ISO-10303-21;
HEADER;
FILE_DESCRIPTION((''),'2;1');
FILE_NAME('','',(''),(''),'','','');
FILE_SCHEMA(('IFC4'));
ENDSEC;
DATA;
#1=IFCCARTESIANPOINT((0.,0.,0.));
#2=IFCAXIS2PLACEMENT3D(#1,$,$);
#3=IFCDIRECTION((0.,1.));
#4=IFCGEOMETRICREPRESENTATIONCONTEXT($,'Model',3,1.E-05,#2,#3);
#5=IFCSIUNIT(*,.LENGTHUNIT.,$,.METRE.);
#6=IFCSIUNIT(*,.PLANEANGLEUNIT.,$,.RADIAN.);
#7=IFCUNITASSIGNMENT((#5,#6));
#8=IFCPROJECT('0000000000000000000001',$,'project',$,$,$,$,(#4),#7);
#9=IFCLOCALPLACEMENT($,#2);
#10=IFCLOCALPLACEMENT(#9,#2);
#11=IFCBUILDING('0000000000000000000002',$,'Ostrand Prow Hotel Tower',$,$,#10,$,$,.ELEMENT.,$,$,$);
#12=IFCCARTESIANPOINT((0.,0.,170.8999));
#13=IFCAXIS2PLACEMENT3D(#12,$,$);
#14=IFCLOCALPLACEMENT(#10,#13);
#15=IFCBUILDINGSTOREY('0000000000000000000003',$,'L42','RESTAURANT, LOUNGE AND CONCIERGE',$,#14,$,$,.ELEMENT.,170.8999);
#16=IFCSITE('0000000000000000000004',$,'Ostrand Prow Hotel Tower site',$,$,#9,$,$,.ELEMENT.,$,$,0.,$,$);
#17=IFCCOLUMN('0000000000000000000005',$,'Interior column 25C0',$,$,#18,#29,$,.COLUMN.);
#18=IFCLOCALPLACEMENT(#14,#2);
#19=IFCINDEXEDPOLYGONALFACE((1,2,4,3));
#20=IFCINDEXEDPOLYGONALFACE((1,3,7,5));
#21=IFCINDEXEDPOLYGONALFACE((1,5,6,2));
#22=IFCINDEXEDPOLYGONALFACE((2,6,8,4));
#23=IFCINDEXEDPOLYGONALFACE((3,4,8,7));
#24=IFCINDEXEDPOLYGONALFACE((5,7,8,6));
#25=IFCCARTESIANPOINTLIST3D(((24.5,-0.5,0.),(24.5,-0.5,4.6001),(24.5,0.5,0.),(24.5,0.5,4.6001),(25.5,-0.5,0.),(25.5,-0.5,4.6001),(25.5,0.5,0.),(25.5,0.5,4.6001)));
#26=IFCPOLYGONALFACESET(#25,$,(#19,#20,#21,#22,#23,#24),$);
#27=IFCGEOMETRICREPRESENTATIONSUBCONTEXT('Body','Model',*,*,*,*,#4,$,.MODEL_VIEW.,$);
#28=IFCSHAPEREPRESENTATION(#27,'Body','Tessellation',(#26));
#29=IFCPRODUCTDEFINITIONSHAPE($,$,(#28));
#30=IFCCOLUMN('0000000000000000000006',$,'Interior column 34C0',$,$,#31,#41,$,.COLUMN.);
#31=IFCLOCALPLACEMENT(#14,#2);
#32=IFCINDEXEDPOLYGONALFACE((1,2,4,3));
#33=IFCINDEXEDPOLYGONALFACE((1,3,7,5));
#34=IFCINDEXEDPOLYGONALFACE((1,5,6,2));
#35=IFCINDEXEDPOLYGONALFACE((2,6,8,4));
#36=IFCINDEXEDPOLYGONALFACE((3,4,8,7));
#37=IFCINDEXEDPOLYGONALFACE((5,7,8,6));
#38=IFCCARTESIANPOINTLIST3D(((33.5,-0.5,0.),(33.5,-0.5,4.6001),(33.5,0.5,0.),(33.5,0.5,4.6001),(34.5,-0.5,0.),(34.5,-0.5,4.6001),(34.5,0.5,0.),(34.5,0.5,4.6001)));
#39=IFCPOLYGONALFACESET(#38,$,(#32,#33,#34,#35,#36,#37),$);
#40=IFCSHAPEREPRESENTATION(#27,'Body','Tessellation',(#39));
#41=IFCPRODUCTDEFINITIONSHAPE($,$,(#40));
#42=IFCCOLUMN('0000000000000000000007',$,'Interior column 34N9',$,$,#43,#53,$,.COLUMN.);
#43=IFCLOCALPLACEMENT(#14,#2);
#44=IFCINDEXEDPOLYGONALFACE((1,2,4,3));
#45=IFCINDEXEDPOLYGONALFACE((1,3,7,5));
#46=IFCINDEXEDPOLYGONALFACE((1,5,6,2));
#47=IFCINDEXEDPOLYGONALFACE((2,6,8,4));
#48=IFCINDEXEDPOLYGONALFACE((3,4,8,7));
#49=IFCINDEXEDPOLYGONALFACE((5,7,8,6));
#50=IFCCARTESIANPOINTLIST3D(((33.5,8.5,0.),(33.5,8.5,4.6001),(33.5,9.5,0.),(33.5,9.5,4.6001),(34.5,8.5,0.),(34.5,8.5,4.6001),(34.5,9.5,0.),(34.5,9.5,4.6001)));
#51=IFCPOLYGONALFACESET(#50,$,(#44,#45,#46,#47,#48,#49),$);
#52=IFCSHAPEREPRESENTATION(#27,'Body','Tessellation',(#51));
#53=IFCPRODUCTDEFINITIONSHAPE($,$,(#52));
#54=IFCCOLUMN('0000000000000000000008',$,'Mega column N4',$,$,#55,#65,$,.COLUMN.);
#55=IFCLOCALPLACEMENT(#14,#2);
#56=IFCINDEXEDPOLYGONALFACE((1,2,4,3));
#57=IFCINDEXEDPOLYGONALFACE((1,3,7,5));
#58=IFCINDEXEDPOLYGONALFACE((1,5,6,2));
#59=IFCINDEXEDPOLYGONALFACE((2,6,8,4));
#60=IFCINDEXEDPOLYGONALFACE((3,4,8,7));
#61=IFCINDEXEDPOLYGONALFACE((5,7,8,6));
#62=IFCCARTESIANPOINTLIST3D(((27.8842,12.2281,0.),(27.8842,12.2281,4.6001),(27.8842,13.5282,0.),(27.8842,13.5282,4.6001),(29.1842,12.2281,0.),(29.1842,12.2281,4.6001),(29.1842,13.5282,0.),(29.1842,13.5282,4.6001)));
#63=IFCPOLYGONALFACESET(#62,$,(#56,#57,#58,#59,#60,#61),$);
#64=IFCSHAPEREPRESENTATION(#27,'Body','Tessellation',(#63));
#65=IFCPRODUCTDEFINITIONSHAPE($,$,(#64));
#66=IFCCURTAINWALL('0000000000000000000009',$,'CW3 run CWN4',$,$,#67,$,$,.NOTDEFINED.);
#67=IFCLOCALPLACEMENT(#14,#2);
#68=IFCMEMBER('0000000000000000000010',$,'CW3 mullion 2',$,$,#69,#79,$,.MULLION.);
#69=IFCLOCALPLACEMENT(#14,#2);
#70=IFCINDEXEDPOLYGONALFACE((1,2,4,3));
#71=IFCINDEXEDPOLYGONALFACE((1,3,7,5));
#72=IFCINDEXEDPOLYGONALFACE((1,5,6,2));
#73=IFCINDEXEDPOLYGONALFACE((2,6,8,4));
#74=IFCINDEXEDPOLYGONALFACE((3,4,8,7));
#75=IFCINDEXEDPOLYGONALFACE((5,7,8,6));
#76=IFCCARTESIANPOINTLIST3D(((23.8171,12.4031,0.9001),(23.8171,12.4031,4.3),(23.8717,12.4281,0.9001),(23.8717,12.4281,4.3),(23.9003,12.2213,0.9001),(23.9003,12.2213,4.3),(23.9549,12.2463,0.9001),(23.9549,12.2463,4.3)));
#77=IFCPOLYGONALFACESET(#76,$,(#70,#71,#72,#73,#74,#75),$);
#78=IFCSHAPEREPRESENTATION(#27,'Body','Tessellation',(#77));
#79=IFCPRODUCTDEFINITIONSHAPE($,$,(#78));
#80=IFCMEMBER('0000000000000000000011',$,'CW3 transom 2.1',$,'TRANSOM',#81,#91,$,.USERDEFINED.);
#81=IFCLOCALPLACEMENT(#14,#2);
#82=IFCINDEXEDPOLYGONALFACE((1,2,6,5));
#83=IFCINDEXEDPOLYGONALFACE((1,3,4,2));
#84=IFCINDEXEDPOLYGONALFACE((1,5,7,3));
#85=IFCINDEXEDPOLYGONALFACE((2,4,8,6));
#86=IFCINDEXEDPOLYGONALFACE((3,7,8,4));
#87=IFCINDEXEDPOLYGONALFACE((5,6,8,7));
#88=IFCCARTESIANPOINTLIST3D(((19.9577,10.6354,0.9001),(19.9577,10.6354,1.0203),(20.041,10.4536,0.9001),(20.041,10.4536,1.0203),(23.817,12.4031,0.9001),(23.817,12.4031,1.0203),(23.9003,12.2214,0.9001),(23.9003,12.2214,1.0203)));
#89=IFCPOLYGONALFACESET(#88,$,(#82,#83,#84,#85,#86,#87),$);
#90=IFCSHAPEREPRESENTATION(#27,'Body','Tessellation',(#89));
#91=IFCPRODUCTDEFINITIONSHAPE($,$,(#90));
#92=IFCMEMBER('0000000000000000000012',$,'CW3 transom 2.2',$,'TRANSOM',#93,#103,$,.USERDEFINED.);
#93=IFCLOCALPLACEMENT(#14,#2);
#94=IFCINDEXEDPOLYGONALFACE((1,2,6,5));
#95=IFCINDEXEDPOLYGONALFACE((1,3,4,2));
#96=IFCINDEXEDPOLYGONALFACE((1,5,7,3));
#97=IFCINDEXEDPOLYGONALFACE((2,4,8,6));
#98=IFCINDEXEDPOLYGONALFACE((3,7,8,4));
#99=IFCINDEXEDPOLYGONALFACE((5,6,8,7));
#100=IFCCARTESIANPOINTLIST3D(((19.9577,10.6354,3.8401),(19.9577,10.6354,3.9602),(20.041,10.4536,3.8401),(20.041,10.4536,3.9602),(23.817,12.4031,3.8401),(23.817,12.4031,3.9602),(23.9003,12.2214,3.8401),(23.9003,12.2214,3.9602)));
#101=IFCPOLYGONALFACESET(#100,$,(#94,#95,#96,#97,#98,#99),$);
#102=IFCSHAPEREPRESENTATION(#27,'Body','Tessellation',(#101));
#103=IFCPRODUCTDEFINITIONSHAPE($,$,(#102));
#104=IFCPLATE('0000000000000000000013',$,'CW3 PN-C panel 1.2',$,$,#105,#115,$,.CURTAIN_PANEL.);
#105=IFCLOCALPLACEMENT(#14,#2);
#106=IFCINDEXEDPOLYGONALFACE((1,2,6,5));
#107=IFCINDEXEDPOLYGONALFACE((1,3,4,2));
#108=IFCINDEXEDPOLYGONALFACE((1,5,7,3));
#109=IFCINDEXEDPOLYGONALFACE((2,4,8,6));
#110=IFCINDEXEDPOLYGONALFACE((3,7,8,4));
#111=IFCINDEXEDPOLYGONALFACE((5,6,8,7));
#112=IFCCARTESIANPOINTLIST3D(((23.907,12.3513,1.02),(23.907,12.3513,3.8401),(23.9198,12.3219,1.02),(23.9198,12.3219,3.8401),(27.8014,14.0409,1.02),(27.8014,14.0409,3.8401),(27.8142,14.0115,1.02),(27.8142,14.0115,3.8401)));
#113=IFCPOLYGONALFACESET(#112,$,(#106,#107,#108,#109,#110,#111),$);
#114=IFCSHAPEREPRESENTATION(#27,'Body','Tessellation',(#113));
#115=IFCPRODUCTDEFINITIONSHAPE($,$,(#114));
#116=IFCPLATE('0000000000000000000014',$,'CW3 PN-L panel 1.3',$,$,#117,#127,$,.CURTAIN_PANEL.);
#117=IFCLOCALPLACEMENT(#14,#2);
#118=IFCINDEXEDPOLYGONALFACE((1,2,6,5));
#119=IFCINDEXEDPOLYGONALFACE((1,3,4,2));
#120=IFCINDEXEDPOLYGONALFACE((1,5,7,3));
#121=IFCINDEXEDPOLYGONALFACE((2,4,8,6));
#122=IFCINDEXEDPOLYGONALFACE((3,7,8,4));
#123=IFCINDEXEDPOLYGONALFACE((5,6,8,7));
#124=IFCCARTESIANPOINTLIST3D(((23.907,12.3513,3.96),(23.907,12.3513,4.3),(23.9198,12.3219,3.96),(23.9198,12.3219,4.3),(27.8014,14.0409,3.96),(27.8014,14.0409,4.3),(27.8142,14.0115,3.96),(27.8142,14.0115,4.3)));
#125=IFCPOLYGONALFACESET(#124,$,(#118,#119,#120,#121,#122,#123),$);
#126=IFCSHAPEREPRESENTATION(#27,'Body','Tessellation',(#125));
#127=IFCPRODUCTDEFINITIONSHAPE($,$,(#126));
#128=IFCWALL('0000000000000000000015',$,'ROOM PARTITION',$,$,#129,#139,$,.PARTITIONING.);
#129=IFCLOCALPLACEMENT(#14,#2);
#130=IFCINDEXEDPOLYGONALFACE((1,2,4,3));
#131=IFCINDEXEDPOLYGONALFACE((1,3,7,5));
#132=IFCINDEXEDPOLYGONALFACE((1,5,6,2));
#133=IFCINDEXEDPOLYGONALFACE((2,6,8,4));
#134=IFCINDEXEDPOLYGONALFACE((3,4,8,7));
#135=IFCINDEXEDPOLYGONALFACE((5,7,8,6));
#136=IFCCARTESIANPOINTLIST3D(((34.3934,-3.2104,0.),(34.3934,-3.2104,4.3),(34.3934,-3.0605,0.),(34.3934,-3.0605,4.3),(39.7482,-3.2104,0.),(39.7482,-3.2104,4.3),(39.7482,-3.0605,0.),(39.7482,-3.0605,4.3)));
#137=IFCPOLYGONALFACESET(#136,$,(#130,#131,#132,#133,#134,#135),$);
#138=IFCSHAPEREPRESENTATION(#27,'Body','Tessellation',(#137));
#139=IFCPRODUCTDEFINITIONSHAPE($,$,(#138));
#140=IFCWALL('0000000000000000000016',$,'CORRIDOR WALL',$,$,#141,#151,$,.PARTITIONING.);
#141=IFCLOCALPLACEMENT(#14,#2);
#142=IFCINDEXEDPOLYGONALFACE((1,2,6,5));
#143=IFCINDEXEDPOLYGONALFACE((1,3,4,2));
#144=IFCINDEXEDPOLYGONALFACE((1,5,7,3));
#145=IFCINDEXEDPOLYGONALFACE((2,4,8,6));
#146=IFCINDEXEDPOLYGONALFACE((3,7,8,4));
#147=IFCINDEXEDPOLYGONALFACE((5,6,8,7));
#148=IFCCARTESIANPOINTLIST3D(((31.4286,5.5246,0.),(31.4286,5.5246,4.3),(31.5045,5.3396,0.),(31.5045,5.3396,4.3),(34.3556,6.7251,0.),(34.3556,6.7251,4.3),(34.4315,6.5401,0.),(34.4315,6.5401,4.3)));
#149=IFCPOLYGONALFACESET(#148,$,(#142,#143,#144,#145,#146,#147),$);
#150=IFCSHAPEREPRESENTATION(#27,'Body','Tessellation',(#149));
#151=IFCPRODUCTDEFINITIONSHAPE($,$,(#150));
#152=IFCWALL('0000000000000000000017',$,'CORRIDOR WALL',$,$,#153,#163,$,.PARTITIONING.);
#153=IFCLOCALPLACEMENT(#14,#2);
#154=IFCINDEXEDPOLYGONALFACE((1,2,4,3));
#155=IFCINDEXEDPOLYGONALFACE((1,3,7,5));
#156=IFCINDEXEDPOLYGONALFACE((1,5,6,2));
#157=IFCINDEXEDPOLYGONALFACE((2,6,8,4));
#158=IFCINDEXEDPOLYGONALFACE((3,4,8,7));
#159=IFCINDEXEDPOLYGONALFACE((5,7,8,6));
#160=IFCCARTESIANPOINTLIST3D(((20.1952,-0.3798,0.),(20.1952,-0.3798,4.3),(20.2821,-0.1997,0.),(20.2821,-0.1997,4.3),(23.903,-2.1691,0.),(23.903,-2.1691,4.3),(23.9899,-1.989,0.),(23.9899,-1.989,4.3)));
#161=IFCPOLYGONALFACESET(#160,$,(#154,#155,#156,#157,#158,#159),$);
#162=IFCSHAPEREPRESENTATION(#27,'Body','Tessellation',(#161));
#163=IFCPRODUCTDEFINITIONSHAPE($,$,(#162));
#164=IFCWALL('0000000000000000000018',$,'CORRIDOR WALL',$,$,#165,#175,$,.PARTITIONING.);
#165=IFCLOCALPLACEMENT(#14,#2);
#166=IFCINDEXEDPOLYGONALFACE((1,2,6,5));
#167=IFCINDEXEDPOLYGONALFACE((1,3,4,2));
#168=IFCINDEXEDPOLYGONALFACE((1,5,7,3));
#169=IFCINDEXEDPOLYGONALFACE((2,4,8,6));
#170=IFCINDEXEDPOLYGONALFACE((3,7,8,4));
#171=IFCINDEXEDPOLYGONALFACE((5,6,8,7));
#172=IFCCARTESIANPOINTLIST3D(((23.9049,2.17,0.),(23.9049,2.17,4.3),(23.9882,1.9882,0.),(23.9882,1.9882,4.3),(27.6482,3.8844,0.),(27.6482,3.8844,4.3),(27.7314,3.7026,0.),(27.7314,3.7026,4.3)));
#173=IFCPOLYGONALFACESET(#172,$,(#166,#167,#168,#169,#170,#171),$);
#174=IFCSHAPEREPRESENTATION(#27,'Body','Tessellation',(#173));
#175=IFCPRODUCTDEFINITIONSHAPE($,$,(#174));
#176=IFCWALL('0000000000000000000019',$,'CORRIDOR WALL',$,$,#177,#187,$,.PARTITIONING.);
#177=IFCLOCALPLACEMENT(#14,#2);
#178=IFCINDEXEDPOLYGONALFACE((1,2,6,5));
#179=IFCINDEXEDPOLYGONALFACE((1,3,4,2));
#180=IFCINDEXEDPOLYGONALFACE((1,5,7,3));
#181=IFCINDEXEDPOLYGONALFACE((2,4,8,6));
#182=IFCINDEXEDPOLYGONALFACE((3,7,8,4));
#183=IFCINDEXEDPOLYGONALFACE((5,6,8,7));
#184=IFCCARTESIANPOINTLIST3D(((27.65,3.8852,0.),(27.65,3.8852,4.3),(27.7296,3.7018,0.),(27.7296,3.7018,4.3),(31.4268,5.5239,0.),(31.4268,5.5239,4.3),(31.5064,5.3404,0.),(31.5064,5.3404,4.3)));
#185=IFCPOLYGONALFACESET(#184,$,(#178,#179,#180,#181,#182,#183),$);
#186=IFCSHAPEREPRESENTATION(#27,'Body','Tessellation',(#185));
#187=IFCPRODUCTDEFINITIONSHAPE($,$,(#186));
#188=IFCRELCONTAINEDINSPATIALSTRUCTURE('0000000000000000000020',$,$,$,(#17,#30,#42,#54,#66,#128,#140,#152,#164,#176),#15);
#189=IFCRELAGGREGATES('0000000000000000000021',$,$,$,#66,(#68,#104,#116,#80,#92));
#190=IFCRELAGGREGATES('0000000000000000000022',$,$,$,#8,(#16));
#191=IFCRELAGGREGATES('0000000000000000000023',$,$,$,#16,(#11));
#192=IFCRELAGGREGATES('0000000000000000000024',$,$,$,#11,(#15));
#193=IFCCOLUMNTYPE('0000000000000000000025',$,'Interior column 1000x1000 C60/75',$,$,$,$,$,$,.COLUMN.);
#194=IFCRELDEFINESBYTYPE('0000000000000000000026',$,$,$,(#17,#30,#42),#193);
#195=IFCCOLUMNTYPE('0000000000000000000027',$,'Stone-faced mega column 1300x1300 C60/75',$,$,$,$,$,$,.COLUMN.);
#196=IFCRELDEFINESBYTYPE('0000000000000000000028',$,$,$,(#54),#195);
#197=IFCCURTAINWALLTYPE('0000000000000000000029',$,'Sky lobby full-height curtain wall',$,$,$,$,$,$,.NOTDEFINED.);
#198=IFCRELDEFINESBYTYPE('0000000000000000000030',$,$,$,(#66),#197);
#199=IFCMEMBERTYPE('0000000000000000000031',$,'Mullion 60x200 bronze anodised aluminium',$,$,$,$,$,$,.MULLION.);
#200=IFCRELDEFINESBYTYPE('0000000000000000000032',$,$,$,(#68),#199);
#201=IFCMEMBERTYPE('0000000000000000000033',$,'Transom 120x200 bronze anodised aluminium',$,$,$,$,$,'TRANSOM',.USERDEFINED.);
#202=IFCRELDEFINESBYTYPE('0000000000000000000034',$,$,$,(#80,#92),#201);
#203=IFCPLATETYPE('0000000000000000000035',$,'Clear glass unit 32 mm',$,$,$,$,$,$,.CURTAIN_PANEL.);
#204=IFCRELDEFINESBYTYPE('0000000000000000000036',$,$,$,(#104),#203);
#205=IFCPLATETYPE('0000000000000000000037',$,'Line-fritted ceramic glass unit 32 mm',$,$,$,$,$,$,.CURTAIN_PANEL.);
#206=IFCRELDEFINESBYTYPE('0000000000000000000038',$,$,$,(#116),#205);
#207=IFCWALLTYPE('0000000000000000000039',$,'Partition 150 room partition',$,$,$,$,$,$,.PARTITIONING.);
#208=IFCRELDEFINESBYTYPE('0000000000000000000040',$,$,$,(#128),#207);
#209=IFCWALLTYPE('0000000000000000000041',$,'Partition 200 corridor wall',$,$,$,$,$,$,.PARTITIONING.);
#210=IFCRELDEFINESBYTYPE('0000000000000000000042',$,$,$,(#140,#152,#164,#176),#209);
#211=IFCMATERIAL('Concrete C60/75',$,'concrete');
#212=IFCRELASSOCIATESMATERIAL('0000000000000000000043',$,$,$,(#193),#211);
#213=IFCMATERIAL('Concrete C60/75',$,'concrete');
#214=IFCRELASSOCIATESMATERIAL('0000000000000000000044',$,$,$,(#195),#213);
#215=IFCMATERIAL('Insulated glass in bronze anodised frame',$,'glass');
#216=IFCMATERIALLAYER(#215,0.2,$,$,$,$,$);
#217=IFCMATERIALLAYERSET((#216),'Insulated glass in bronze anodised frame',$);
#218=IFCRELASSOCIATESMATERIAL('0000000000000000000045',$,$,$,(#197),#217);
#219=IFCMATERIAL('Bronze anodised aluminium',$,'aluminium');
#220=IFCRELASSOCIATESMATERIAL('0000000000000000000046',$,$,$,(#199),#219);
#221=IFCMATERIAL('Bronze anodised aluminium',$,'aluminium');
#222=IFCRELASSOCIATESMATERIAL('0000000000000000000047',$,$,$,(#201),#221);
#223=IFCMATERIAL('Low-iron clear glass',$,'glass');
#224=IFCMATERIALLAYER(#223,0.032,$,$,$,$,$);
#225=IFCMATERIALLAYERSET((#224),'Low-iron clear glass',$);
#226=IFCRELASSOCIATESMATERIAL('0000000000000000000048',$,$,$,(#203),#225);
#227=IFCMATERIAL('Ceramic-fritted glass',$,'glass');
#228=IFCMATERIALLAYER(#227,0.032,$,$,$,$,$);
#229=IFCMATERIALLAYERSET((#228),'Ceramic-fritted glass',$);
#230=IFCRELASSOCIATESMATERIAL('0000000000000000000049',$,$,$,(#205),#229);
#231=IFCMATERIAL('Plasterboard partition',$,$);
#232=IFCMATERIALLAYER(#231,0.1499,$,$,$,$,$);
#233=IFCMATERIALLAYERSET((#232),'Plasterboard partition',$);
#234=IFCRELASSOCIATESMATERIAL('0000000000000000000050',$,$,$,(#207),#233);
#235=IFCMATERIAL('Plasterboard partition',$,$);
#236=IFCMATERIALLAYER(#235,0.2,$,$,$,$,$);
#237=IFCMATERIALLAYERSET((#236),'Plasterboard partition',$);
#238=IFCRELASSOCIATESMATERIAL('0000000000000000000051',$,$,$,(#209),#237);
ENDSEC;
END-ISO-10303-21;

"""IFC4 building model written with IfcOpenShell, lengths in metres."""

from ifc_helpers import new_model, si_unit, direction, frame, frame_2d, origin, origin_2d, place, context, subcontext, project, spatial, rectangle, extrude, material, layer, layer_set, material_profile, profile_set, type_object, element, aggregate, save


model = new_model("IFC4")

# Units and contexts
model_context = context("Model", 3, precision=1e-05, world=origin(), true_north=direction((0.0, 1.0)))
body_context = subcontext(model_context, "Body", "Model", "MODEL_VIEW")
ifc_project = project(units=[si_unit("LENGTHUNIT", "METRE"), si_unit("PLANEANGLEUNIT", "RADIAN")], contexts=[model_context])

# Site, building, storey
site_placement = place(None, origin())
site = spatial("IfcSite", under=ifc_project, at=site_placement, Name="Ostrand Prow Hotel Tower site", CompositionType="ELEMENT", RefElevation=0.0)
building_placement = place(site_placement, origin())
building = spatial("IfcBuilding", under=site, at=building_placement, Name="Ostrand Prow Hotel Tower", CompositionType="ELEMENT")
storey_placement = place(building_placement, frame((0.0, 0.0, 170.8999)))
storey = spatial("IfcBuildingStorey", under=building, at=storey_placement, Name="L42", Description="RESTAURANT, LOUNGE AND CONCIERGE", CompositionType="ELEMENT", Elevation=170.8999)

# Columns
ifc_material_1 = material(Name="Concrete C60/75", Category="concrete")
ifc_material_profile_1 = material_profile(ifc_material_1, rectangle(XDim=1.0, YDim=1.0, at=origin_2d()), Name="RC 1000x1000")
ifc_profile_set_1 = profile_set([ifc_material_profile_1], Name="Concrete C60/75")
column_type_1 = type_object("IfcColumnType", Name="Interior column 1000x1000 C60/75", PredefinedType="COLUMN", material=ifc_profile_set_1)
for number, where, z_axis, x_axis, name in (
    (1, (25.0, 0.0, 0.0), (0.0, 0.0, 1.0), (1.0, 0.0, 0.0), "Interior column 25C0"),
    (2, (34.0, 0.0, 0.0), (0.0, 0.0, 1.0), (1.0, 0.0, 0.0), "Interior column 34C0"),
    (3, (34.0, 9.0, 0.0), (0.0, 0.0, 1.0), (1.0, 0.0, 0.0), "Interior column 34N9"),
):
    element("IfcColumn", number, at=place(storey_placement, frame(where, z_axis=z_axis, x_axis=x_axis)), inside=storey, type_object=column_type_1, Name=name, PredefinedType="COLUMN", context=body_context, shape_type="SweptSolid", body=[
        extrude(rectangle(XDim=1.0, YDim=1.0, at=origin_2d()), origin(), (0.0, 0.0, 1.0), 4.6001),
    ])
ifc_material_2 = material(Name="Concrete C60/75", Category="concrete")
ifc_material_profile_2 = material_profile(ifc_material_2, rectangle(XDim=1.3, YDim=1.3, at=origin_2d()), Name="RC 1300x1300")
ifc_profile_set_2 = profile_set([ifc_material_profile_2], Name="Concrete C60/75")
column_type_2 = type_object("IfcColumnType", Name="Stone-faced mega column 1300x1300 C60/75", PredefinedType="COLUMN", material=ifc_profile_set_2)
column_placement = place(storey_placement, frame((28.5342, 12.8782, 0.0), z_axis=(0.0, 0.0, 1.0), x_axis=(1.0, 0.0, 0.0)))
element("IfcColumn", 4, at=column_placement, inside=storey, type_object=column_type_2, Name="Mega column N4", PredefinedType="COLUMN", context=body_context, shape_type="SweptSolid", body=[
    extrude(rectangle(XDim=1.3, YDim=1.3, at=origin_2d()), origin(), (0.0, 0.0, 1.0), 4.6001),
])

# Curtain wall, members, plates
ifc_material_3 = material(Name="Insulated glass in bronze anodised frame", Category="glass")
ifc_layer_1 = layer(ifc_material_3, 0.2)
ifc_layer_set_1 = layer_set([ifc_layer_1], Name="Insulated glass in bronze anodised frame")
curtain_wall_type = type_object("IfcCurtainWallType", Name="Sky lobby full-height curtain wall", PredefinedType="NOTDEFINED", material=ifc_layer_set_1)
curtain_wall_placement = place(storey_placement, origin())
curtain_wall = element("IfcCurtainWall", 5, at=curtain_wall_placement, inside=storey, type_object=curtain_wall_type, Name="CW3 run CWN4", PredefinedType="NOTDEFINED")
ifc_material_4 = material(Name="Bronze anodised aluminium", Category="aluminium")
ifc_material_profile_3 = material_profile(ifc_material_4, rectangle(XDim=0.2, YDim=0.0601, at=origin_2d()), Name="Mullion 60x200 bronze anodised aluminium")
ifc_profile_set_3 = profile_set([ifc_material_profile_3], Name="Bronze anodised aluminium")
member_type_1 = type_object("IfcMemberType", Name="Mullion 60x200 bronze anodised aluminium", PredefinedType="MULLION", material=ifc_profile_set_3)
member_1_placement = place(storey_placement, frame((23.886, 12.3247, 0.9001), z_axis=(0.0, 0.0, 1.0), x_axis=(0.416393, -0.909185, 0.0)))
member_1 = element("IfcMember", 6, at=member_1_placement, type_object=member_type_1, Name="CW3 mullion 2", PredefinedType="MULLION", context=body_context, shape_type="SweptSolid", body=[
    extrude(rectangle(XDim=0.2, YDim=0.0601, at=origin_2d()), origin(), (0.0, 0.0, 1.0), 3.3999),
])
ifc_material_5 = material(Name="Bronze anodised aluminium", Category="aluminium")
ifc_material_profile_4 = material_profile(ifc_material_5, rectangle(XDim=0.2, YDim=0.1201, at=origin_2d()), Name="Transom 120x200 bronze anodised aluminium")
ifc_profile_set_4 = profile_set([ifc_material_profile_4], Name="Bronze anodised aluminium")
member_type_2 = type_object("IfcMemberType", Name="Transom 120x200 bronze anodised aluminium", ElementType="TRANSOM", PredefinedType="USERDEFINED", material=ifc_profile_set_4)
member_2_placement = place(storey_placement, frame((23.8586, 12.3123, 0.9602), z_axis=(-0.909159, -0.416449, 0.0), x_axis=(0.416449, -0.909159, 0.0)))
member_2 = element("IfcMember", 7, at=member_2_placement, type_object=member_type_2, Name="CW3 transom 2.1", ObjectType="TRANSOM", PredefinedType="USERDEFINED", context=body_context, shape_type="SweptSolid", body=[
    extrude(rectangle(XDim=0.2, YDim=0.1201, at=origin_2d()), origin(), (0.0, 0.0, 1.0), 4.2449),
])
member_3_placement = place(storey_placement, frame((23.8586, 12.3123, 3.9001), z_axis=(-0.909159, -0.416449, 0.0), x_axis=(0.416449, -0.909159, 0.0)))
member_3 = element("IfcMember", 8, at=member_3_placement, type_object=member_type_2, Name="CW3 transom 2.2", ObjectType="TRANSOM", PredefinedType="USERDEFINED", context=body_context, shape_type="SweptSolid", body=[
    extrude(rectangle(XDim=0.2, YDim=0.1201, at=origin_2d()), origin(), (0.0, 0.0, 1.0), 4.2449),
])
ifc_material_6 = material(Name="Low-iron clear glass", Category="glass")
ifc_layer_2 = layer(ifc_material_6, 0.032)
ifc_layer_set_2 = layer_set([ifc_layer_2], Name="Low-iron clear glass")
plate_type_1 = type_object("IfcPlateType", Name="Clear glass unit 32 mm", PredefinedType="CURTAIN_PANEL", material=ifc_layer_set_2)
plate_1_placement = place(storey_placement, frame((25.8606, 13.1814, 1.02), z_axis=(0.0, 0.0, 1.0), x_axis=(-0.917383, -0.398005, 0.0)))
plate_1 = element("IfcPlate", 9, at=plate_1_placement, type_object=plate_type_1, Name="CW3 PN-C panel 1.2", PredefinedType="CURTAIN_PANEL", context=body_context, shape_type="SweptSolid", body=[
    extrude(rectangle(XDim=4.2451, YDim=0.032, at=origin_2d()), origin(), (0.0, 0.0, 1.0), 2.8201),
])
ifc_material_7 = material(Name="Ceramic-fritted glass", Category="glass")
ifc_layer_3 = layer(ifc_material_7, 0.032)
ifc_layer_set_3 = layer_set([ifc_layer_3], Name="Ceramic-fritted glass")
plate_type_2 = type_object("IfcPlateType", Name="Line-fritted ceramic glass unit 32 mm", PredefinedType="CURTAIN_PANEL", material=ifc_layer_set_3)
plate_2_placement = place(storey_placement, frame((25.8606, 13.1814, 3.96), z_axis=(0.0, 0.0, 1.0), x_axis=(-0.917383, -0.398005, 0.0)))
plate_2 = element("IfcPlate", 10, at=plate_2_placement, type_object=plate_type_2, Name="CW3 PN-L panel 1.3", PredefinedType="CURTAIN_PANEL", context=body_context, shape_type="SweptSolid", body=[
    extrude(rectangle(XDim=4.2451, YDim=0.032, at=origin_2d()), origin(), (0.0, 0.0, 1.0), 0.3401),
])
aggregate(curtain_wall, [member_1, plate_1, plate_2, member_2, member_3])

# Wall
ifc_material_8 = material(Name="Plasterboard partition")
ifc_layer_4 = layer(ifc_material_8, 0.1499)
ifc_layer_set_4 = layer_set([ifc_layer_4], Name="Plasterboard partition")
wall_type_1 = type_object("IfcWallType", Name="Partition 150 room partition", PredefinedType="PARTITIONING", material=ifc_layer_set_4)
wall_1_placement = place(storey_placement, frame((34.3936, -3.1355, 0.0), z_axis=(0.0, 0.0, 1.0), x_axis=(1.0, 0.0, 0.0)))
element("IfcWall", 11, at=wall_1_placement, inside=storey, type_object=wall_type_1, Name="ROOM PARTITION", PredefinedType="PARTITIONING", context=body_context, shape_type="SweptSolid", body=[
    extrude(rectangle(XDim=5.3547, YDim=0.1499, at=frame_2d((2.6772, 0.0))), origin(), (0.0, 0.0, 1.0), 4.3),
])

# Shared definitions
ifc_material_9 = material(Name="Plasterboard partition")
ifc_layer_5 = layer(ifc_material_9, 0.2)
ifc_layer_set_5 = layer_set([ifc_layer_5], Name="Plasterboard partition")
wall_type_2 = type_object("IfcWallType", Name="Partition 200 corridor wall", PredefinedType="PARTITIONING", material=ifc_layer_set_5)

# Walls
wall_2_placement = place(storey_placement, frame((31.4666, 5.4321, 0.0), z_axis=(0.0, 0.0, 1.0), x_axis=(0.925211, 0.379453, 0.0)))
element("IfcWall", 12, at=wall_2_placement, inside=storey, type_object=wall_type_2, Name="CORRIDOR WALL", PredefinedType="PARTITIONING", context=body_context, shape_type="SweptSolid", body=[
    extrude(rectangle(XDim=3.1636, YDim=0.2, at=frame_2d((1.5818, 0.0))), origin(), (0.0, 0.0, 1.0), 4.3),
])
wall_3_placement = place(storey_placement, frame((23.9465, -2.0791, 0.0), z_axis=(0.0, 0.0, 1.0), x_axis=(-0.900613, 0.434621, 0.0)))
element("IfcWall", 13, at=wall_3_placement, inside=storey, type_object=wall_type_2, Name="CORRIDOR WALL", PredefinedType="PARTITIONING", context=body_context, shape_type="SweptSolid", body=[
    extrude(rectangle(XDim=4.1169, YDim=0.2, at=frame_2d((2.0586, 0.0))), origin(), (0.0, 0.0, 1.0), 4.3),
])
wall_4_placement = place(storey_placement, frame((23.9465, 2.0791, 0.0), z_axis=(0.0, 0.0, 1.0), x_axis=(0.909181, 0.416402, 0.0)))
element("IfcWall", 14, at=wall_4_placement, inside=storey, type_object=wall_type_2, Name="CORRIDOR WALL", PredefinedType="PARTITIONING", context=body_context, shape_type="SweptSolid", body=[
    extrude(rectangle(XDim=4.1172, YDim=0.2, at=frame_2d((2.0586, 0.0))), origin(), (0.0, 0.0, 1.0), 4.3),
])
wall_5_placement = place(storey_placement, frame((27.6897, 3.7935, 0.0), z_axis=(0.0, 0.0, 1.0), x_axis=(0.917375, 0.398023, 0.0)))
element("IfcWall", 15, at=wall_5_placement, inside=storey, type_object=wall_type_2, Name="CORRIDOR WALL", PredefinedType="PARTITIONING", context=body_context, shape_type="SweptSolid", body=[
    extrude(rectangle(XDim=4.1169, YDim=0.2, at=frame_2d((2.0586, 0.0))), origin(), (0.0, 0.0, 1.0), 4.3),
])

save(model, "model.ifc")
